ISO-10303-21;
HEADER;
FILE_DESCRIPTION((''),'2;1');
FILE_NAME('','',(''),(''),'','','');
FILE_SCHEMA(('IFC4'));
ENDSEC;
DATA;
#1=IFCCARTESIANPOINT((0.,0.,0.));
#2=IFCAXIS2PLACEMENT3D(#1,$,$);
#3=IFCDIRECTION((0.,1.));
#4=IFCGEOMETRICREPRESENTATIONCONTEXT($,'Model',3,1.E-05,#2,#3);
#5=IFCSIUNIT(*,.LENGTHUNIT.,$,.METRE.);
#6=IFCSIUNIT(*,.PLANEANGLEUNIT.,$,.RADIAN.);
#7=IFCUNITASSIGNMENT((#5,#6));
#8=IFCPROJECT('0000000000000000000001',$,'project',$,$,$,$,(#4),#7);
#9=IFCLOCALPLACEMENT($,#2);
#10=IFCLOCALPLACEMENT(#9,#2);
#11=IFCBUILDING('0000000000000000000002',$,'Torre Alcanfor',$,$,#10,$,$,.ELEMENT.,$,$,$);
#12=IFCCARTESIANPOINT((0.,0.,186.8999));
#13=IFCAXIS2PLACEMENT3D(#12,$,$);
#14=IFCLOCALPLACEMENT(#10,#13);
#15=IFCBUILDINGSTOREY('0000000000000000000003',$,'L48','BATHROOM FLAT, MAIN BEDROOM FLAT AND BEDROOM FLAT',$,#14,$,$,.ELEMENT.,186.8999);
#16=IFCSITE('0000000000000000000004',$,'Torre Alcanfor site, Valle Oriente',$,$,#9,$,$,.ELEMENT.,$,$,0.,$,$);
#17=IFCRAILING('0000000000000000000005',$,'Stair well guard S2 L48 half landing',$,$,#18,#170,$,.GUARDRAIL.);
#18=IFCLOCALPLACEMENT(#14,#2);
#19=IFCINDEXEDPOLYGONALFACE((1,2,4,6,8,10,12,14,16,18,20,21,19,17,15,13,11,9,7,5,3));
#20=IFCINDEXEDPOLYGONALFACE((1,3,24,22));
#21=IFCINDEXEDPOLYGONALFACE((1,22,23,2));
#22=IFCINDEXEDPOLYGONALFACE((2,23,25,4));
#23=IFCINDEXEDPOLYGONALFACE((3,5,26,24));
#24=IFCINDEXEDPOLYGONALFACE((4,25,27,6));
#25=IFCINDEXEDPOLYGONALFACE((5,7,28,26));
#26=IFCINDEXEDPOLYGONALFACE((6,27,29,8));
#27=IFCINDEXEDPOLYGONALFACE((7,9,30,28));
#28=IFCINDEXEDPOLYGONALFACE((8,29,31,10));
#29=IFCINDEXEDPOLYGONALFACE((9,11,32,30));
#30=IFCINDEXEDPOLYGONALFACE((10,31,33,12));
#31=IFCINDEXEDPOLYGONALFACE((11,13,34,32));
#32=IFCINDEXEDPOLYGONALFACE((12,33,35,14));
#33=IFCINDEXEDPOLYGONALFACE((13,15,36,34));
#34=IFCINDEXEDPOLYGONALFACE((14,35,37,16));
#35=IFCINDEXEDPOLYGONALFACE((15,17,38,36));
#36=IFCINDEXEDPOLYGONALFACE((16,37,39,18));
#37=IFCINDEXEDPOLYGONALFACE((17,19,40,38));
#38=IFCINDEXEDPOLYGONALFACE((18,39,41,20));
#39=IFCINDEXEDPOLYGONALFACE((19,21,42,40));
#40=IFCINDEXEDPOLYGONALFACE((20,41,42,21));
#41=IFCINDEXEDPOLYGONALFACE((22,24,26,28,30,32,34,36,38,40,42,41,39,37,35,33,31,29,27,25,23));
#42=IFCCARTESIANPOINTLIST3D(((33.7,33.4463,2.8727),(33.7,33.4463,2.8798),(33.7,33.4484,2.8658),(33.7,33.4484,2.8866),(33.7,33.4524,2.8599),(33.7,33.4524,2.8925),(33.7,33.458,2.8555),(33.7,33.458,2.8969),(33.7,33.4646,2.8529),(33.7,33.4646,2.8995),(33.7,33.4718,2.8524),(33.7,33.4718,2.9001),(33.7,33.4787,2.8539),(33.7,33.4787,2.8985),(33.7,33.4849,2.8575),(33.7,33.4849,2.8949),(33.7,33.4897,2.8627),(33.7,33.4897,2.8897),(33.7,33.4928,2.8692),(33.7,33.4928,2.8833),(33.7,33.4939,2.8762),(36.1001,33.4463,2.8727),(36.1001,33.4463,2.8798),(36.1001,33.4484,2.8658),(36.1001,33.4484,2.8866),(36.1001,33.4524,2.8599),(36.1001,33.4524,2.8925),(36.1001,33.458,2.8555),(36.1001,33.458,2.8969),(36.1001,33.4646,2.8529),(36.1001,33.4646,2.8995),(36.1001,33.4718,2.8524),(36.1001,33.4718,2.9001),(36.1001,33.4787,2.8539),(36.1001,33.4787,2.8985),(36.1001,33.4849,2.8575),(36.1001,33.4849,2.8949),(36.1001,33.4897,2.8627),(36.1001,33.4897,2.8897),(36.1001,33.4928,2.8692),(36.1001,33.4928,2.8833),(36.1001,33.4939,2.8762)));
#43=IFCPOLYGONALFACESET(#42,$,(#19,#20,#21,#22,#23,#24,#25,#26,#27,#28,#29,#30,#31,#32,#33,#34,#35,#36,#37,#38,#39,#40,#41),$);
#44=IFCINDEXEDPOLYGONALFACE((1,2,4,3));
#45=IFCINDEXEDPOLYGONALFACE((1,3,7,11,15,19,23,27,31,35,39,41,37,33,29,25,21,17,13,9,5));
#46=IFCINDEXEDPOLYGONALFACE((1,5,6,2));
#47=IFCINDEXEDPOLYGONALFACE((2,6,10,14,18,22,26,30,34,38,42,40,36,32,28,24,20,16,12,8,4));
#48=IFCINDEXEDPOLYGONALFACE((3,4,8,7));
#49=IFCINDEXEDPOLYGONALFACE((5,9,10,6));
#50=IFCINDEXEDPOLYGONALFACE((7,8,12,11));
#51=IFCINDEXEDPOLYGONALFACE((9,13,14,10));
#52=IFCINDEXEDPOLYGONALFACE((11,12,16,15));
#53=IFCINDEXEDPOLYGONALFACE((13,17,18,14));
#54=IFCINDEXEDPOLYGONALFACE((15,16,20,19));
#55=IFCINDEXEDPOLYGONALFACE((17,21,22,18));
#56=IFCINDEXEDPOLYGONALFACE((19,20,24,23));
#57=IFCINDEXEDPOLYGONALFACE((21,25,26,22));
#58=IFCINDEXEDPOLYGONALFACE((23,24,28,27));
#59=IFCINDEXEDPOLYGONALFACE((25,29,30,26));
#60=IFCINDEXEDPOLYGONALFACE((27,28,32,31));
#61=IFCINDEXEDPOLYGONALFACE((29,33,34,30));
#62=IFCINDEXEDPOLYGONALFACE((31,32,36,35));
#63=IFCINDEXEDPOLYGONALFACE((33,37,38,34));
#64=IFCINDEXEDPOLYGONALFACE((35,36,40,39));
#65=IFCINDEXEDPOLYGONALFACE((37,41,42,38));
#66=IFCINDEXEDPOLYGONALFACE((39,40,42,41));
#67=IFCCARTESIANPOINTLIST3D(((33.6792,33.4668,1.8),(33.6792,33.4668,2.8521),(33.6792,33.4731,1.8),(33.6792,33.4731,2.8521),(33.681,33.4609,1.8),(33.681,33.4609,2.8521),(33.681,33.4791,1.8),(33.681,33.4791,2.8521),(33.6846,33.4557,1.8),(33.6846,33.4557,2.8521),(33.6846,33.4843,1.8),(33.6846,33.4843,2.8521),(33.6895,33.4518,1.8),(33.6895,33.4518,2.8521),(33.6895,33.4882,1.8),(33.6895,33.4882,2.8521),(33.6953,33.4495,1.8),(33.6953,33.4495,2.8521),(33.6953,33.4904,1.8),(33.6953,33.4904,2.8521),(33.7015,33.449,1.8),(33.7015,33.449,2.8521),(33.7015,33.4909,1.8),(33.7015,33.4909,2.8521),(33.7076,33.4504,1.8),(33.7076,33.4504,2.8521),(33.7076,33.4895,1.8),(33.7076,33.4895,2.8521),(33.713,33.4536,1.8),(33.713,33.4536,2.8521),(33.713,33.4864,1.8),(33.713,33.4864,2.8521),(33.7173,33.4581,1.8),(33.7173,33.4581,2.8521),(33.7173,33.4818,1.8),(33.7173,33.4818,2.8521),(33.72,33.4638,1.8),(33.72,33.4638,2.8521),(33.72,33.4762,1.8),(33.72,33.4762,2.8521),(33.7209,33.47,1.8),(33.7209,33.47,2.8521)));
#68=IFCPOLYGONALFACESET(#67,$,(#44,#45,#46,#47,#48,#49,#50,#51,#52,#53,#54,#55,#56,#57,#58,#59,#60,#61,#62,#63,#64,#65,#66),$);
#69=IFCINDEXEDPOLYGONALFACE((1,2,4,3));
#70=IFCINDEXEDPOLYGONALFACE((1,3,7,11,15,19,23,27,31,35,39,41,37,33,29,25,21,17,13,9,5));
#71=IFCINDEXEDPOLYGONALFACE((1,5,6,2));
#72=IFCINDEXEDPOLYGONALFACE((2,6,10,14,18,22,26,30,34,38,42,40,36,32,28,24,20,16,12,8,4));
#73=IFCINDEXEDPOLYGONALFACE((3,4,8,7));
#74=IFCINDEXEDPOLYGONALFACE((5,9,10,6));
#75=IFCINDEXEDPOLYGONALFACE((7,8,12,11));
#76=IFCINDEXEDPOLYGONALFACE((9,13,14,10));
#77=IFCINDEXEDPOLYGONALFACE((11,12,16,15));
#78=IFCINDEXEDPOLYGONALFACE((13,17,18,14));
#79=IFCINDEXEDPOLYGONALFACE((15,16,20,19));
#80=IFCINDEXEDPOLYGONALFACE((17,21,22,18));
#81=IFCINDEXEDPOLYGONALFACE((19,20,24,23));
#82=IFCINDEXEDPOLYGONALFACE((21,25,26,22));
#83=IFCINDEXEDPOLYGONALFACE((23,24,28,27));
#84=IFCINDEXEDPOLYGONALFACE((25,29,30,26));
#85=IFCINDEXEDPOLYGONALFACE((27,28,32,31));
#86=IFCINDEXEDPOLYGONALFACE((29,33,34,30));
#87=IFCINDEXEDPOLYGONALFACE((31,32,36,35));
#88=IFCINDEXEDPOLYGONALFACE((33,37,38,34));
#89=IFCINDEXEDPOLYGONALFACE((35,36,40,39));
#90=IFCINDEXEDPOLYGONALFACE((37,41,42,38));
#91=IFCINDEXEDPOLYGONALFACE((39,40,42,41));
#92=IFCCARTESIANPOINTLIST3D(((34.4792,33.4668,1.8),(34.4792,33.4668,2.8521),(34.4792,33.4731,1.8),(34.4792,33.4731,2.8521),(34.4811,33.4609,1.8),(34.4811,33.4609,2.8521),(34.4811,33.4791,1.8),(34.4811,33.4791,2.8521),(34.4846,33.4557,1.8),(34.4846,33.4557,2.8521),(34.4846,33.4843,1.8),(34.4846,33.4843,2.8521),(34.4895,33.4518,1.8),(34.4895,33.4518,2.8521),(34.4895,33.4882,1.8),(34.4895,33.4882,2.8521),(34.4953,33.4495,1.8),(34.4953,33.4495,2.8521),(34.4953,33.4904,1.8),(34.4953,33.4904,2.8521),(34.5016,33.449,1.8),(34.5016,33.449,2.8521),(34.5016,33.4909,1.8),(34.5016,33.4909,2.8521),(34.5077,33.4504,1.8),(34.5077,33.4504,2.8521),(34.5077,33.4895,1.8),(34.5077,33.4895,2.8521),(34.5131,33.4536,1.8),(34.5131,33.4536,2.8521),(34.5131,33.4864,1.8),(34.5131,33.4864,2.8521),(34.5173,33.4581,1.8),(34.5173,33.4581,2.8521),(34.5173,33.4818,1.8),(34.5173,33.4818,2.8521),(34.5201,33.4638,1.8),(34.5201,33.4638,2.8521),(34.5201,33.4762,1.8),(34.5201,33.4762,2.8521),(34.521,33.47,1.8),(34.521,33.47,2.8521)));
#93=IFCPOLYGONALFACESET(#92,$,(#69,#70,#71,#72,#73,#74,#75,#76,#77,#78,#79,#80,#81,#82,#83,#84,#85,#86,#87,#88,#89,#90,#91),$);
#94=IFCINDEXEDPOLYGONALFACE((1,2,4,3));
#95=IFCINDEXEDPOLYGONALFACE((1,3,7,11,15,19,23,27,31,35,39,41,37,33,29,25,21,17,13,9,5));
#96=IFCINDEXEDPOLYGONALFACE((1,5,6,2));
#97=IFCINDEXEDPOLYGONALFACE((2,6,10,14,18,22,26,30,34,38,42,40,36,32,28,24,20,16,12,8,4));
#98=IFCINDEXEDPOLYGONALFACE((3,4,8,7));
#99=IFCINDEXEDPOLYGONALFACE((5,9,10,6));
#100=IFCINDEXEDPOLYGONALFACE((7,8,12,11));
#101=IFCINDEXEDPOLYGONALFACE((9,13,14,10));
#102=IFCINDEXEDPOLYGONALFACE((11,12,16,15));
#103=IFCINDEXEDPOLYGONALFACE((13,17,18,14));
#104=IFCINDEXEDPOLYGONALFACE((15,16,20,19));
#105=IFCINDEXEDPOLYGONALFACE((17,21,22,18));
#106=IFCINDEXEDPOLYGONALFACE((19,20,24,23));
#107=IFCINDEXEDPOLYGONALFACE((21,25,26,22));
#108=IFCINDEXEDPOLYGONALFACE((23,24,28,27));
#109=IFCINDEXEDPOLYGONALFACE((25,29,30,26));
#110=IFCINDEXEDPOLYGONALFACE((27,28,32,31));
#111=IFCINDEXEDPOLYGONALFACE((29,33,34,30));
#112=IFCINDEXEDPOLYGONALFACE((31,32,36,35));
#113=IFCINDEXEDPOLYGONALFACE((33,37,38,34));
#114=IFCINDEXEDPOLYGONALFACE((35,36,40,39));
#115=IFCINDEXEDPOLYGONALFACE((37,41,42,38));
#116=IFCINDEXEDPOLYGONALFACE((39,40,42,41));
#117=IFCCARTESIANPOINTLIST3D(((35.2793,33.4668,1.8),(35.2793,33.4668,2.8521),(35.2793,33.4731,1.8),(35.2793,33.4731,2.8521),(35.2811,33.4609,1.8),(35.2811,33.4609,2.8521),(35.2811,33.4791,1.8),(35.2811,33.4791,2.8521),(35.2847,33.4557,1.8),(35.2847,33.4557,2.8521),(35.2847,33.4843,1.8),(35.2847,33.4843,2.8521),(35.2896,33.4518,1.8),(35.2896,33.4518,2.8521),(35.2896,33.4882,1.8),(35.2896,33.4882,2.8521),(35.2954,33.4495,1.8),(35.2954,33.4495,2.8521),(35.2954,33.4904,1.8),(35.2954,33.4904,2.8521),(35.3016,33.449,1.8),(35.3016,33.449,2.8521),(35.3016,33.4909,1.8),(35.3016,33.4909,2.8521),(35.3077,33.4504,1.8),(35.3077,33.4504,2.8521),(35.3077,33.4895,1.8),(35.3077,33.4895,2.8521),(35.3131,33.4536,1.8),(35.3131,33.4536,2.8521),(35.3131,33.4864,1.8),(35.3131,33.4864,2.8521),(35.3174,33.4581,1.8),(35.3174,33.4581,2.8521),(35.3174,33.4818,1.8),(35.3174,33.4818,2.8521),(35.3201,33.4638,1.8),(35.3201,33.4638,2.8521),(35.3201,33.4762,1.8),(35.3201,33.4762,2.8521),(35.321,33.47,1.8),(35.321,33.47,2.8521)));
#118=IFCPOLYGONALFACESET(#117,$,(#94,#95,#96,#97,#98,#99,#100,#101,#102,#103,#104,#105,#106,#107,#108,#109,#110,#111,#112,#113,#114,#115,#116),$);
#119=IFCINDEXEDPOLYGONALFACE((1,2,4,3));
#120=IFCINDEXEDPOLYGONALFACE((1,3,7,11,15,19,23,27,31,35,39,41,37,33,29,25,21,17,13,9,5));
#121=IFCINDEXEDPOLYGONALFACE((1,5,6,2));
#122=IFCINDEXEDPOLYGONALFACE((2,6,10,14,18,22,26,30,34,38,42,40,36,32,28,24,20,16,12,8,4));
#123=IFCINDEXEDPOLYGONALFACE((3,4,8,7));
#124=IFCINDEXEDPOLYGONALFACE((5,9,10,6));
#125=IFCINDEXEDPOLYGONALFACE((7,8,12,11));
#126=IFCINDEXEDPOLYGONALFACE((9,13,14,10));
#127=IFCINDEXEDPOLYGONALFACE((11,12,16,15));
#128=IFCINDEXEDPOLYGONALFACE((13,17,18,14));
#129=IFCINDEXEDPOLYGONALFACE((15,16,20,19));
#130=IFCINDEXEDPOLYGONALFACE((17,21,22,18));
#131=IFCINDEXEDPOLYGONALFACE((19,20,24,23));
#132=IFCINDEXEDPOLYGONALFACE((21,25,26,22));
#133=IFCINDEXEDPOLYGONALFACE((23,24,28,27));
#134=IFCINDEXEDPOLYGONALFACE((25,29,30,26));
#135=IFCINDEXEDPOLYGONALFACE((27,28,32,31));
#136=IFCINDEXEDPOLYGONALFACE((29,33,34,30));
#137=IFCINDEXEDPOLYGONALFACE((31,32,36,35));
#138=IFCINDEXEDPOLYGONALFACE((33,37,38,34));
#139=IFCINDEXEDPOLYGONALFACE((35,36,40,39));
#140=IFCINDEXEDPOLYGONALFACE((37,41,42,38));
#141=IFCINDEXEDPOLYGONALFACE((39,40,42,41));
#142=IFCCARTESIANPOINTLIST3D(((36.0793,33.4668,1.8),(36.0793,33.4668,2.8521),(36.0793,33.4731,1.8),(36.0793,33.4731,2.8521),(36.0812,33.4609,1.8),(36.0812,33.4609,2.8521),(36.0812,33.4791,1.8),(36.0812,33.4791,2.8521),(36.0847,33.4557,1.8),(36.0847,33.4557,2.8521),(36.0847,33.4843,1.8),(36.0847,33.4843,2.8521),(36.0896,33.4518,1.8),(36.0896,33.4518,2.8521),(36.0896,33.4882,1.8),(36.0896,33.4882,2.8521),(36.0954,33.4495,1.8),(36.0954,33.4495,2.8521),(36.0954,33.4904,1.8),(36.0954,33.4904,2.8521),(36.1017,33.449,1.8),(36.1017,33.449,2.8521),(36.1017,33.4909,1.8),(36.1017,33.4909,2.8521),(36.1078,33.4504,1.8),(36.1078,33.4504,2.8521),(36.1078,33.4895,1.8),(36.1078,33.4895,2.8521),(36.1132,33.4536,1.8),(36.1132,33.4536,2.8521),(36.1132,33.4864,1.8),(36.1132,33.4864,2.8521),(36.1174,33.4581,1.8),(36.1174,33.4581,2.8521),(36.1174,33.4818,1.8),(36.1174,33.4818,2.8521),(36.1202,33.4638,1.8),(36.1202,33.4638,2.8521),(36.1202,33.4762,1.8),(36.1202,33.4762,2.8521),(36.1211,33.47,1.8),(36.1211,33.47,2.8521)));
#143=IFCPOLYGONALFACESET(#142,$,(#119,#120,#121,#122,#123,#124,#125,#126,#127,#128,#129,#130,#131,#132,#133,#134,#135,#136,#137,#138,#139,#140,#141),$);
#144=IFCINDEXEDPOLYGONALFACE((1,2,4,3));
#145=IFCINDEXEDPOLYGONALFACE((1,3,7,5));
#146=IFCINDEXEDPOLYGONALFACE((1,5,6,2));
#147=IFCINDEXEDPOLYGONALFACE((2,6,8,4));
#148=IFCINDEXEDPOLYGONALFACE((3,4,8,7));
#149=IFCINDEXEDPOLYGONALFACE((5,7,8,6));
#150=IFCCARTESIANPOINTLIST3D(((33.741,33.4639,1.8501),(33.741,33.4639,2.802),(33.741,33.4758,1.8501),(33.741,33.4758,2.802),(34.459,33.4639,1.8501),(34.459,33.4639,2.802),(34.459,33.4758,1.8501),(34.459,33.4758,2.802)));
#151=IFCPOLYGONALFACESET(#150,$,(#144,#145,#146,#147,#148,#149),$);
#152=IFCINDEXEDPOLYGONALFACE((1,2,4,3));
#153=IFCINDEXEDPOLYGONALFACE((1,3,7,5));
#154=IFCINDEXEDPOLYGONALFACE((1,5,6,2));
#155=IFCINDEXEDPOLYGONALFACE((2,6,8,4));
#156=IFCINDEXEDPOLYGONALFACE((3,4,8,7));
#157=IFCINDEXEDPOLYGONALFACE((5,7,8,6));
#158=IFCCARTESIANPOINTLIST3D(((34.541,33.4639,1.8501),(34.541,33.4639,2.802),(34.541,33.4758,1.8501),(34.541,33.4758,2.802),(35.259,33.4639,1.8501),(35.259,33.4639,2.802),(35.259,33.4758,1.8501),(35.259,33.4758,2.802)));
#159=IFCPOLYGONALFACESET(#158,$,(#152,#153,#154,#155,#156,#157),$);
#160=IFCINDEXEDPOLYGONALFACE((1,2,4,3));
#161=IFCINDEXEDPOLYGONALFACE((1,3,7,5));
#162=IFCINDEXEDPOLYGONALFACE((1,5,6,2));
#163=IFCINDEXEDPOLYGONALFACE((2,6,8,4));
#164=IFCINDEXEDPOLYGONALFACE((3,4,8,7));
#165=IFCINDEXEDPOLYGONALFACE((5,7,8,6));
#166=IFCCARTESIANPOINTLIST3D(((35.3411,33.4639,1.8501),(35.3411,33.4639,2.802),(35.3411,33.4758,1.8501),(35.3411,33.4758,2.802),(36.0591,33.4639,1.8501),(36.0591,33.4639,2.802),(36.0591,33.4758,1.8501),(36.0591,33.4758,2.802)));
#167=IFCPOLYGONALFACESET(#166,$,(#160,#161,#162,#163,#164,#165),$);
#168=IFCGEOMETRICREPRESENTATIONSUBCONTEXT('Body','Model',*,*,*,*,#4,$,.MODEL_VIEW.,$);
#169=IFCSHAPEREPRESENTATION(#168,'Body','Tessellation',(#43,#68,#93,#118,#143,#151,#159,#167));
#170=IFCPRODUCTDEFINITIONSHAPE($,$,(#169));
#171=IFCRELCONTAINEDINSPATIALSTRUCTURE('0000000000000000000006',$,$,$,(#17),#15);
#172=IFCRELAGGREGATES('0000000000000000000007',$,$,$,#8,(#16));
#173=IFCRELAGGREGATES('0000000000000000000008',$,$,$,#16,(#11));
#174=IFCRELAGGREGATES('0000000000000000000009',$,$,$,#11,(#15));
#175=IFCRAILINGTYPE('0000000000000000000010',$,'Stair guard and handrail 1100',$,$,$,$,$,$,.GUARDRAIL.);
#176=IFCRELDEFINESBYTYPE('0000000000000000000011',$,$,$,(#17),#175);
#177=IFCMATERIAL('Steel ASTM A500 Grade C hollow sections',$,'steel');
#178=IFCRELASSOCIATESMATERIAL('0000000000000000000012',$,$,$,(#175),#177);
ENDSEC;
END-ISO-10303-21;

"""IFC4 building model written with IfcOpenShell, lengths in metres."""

from ifc_helpers import new_model, si_unit, direction, frame, origin, origin_2d, place, context, subcontext, project, spatial, polyline, circle, outline, extrude, material, type_object, element, save


model = new_model("IFC4")

# Units and contexts
model_context = context("Model", 3, precision=1e-05, world=origin(), true_north=direction((0.0, 1.0)))
body_context = subcontext(model_context, "Body", "Model", "MODEL_VIEW")
ifc_project = project(units=[si_unit("LENGTHUNIT", "METRE"), si_unit("PLANEANGLEUNIT", "RADIAN")], contexts=[model_context])

# Site, building, storey
site_placement = place(None, origin())
site = spatial("IfcSite", under=ifc_project, at=site_placement, Name="Torre Alcanfor site, Valle Oriente", CompositionType="ELEMENT", RefElevation=0.0)
building_placement = place(site_placement, origin())
building = spatial("IfcBuilding", under=site, at=building_placement, Name="Torre Alcanfor", CompositionType="ELEMENT")
storey_placement = place(building_placement, frame((0.0, 0.0, 186.8999)))
storey = spatial("IfcBuildingStorey", under=building, at=storey_placement, Name="L48", Description="BATHROOM FLAT, MAIN BEDROOM FLAT AND BEDROOM FLAT", CompositionType="ELEMENT", Elevation=186.8999)

# Railing
ifc_material_1 = material(Name="Steel ASTM A500 Grade C hollow sections", Category="steel")
railing_type_1 = type_object("IfcRailingType", Name="Stair guard and handrail 1100", PredefinedType="GUARDRAIL", material=ifc_material_1)
for number, where, name in (
    (1, (33.7, 33.47, 1.8), "Stair well guard S2 L48 half landing"),
):
    element("IfcRailing", number, at=place(storey_placement, frame(where)), inside=storey, type_object=railing_type_1, Name=name, PredefinedType="GUARDRAIL", context=body_context, shape_type="SweptSolid", body=[
        extrude(circle(Radius=0.0239, at=origin_2d()), frame((0.0, 0.0, 1.0762), z_axis=(1.0, 0.0, 0.0), x_axis=(0.0, 1.0, 0.0)), (0.0, 0.0, 1.0), 2.4001),
        extrude(circle(Radius=0.021, at=origin_2d()), origin(), (0.0, 0.0, 1.0), 1.052),
        extrude(circle(Radius=0.021, at=origin_2d()), frame((0.8, 0.0, 0.0)), (0.0, 0.0, 1.0), 1.052),
        extrude(circle(Radius=0.021, at=origin_2d()), frame((1.6001, 0.0, 0.0)), (0.0, 0.0, 1.0), 1.052),
        extrude(circle(Radius=0.021, at=origin_2d()), frame((2.4001, 0.0, 0.0)), (0.0, 0.0, 1.0), 1.052),
        extrude(outline(polyline([(0.041, 0.05), (0.759, 0.05), (0.759, 1.002), (0.041, 1.002), (0.041, 0.05)])), frame((0.0, 0.0059, 0.0), z_axis=(0.0, -1.0, 0.0), x_axis=(1.0, 0.0, 0.0)), (0.0, 0.0, 1.0), 0.012),
        extrude(outline(polyline([(0.8411, 0.05), (1.5591, 0.05), (1.5591, 1.002), (0.8411, 1.002), (0.8411, 0.05)])), frame((0.0, 0.0059, 0.0), z_axis=(0.0, -1.0, 0.0), x_axis=(1.0, 0.0, 0.0)), (0.0, 0.0, 1.0), 0.012),
        extrude(outline(polyline([(1.6411, 0.05), (2.3591, 0.05), (2.3591, 1.002), (1.6411, 1.002), (1.6411, 0.05)])), frame((0.0, 0.0059, 0.0), z_axis=(0.0, -1.0, 0.0), x_axis=(1.0, 0.0, 0.0)), (0.0, 0.0, 1.0), 0.012),
    ])

save(model, "model.ifc")
